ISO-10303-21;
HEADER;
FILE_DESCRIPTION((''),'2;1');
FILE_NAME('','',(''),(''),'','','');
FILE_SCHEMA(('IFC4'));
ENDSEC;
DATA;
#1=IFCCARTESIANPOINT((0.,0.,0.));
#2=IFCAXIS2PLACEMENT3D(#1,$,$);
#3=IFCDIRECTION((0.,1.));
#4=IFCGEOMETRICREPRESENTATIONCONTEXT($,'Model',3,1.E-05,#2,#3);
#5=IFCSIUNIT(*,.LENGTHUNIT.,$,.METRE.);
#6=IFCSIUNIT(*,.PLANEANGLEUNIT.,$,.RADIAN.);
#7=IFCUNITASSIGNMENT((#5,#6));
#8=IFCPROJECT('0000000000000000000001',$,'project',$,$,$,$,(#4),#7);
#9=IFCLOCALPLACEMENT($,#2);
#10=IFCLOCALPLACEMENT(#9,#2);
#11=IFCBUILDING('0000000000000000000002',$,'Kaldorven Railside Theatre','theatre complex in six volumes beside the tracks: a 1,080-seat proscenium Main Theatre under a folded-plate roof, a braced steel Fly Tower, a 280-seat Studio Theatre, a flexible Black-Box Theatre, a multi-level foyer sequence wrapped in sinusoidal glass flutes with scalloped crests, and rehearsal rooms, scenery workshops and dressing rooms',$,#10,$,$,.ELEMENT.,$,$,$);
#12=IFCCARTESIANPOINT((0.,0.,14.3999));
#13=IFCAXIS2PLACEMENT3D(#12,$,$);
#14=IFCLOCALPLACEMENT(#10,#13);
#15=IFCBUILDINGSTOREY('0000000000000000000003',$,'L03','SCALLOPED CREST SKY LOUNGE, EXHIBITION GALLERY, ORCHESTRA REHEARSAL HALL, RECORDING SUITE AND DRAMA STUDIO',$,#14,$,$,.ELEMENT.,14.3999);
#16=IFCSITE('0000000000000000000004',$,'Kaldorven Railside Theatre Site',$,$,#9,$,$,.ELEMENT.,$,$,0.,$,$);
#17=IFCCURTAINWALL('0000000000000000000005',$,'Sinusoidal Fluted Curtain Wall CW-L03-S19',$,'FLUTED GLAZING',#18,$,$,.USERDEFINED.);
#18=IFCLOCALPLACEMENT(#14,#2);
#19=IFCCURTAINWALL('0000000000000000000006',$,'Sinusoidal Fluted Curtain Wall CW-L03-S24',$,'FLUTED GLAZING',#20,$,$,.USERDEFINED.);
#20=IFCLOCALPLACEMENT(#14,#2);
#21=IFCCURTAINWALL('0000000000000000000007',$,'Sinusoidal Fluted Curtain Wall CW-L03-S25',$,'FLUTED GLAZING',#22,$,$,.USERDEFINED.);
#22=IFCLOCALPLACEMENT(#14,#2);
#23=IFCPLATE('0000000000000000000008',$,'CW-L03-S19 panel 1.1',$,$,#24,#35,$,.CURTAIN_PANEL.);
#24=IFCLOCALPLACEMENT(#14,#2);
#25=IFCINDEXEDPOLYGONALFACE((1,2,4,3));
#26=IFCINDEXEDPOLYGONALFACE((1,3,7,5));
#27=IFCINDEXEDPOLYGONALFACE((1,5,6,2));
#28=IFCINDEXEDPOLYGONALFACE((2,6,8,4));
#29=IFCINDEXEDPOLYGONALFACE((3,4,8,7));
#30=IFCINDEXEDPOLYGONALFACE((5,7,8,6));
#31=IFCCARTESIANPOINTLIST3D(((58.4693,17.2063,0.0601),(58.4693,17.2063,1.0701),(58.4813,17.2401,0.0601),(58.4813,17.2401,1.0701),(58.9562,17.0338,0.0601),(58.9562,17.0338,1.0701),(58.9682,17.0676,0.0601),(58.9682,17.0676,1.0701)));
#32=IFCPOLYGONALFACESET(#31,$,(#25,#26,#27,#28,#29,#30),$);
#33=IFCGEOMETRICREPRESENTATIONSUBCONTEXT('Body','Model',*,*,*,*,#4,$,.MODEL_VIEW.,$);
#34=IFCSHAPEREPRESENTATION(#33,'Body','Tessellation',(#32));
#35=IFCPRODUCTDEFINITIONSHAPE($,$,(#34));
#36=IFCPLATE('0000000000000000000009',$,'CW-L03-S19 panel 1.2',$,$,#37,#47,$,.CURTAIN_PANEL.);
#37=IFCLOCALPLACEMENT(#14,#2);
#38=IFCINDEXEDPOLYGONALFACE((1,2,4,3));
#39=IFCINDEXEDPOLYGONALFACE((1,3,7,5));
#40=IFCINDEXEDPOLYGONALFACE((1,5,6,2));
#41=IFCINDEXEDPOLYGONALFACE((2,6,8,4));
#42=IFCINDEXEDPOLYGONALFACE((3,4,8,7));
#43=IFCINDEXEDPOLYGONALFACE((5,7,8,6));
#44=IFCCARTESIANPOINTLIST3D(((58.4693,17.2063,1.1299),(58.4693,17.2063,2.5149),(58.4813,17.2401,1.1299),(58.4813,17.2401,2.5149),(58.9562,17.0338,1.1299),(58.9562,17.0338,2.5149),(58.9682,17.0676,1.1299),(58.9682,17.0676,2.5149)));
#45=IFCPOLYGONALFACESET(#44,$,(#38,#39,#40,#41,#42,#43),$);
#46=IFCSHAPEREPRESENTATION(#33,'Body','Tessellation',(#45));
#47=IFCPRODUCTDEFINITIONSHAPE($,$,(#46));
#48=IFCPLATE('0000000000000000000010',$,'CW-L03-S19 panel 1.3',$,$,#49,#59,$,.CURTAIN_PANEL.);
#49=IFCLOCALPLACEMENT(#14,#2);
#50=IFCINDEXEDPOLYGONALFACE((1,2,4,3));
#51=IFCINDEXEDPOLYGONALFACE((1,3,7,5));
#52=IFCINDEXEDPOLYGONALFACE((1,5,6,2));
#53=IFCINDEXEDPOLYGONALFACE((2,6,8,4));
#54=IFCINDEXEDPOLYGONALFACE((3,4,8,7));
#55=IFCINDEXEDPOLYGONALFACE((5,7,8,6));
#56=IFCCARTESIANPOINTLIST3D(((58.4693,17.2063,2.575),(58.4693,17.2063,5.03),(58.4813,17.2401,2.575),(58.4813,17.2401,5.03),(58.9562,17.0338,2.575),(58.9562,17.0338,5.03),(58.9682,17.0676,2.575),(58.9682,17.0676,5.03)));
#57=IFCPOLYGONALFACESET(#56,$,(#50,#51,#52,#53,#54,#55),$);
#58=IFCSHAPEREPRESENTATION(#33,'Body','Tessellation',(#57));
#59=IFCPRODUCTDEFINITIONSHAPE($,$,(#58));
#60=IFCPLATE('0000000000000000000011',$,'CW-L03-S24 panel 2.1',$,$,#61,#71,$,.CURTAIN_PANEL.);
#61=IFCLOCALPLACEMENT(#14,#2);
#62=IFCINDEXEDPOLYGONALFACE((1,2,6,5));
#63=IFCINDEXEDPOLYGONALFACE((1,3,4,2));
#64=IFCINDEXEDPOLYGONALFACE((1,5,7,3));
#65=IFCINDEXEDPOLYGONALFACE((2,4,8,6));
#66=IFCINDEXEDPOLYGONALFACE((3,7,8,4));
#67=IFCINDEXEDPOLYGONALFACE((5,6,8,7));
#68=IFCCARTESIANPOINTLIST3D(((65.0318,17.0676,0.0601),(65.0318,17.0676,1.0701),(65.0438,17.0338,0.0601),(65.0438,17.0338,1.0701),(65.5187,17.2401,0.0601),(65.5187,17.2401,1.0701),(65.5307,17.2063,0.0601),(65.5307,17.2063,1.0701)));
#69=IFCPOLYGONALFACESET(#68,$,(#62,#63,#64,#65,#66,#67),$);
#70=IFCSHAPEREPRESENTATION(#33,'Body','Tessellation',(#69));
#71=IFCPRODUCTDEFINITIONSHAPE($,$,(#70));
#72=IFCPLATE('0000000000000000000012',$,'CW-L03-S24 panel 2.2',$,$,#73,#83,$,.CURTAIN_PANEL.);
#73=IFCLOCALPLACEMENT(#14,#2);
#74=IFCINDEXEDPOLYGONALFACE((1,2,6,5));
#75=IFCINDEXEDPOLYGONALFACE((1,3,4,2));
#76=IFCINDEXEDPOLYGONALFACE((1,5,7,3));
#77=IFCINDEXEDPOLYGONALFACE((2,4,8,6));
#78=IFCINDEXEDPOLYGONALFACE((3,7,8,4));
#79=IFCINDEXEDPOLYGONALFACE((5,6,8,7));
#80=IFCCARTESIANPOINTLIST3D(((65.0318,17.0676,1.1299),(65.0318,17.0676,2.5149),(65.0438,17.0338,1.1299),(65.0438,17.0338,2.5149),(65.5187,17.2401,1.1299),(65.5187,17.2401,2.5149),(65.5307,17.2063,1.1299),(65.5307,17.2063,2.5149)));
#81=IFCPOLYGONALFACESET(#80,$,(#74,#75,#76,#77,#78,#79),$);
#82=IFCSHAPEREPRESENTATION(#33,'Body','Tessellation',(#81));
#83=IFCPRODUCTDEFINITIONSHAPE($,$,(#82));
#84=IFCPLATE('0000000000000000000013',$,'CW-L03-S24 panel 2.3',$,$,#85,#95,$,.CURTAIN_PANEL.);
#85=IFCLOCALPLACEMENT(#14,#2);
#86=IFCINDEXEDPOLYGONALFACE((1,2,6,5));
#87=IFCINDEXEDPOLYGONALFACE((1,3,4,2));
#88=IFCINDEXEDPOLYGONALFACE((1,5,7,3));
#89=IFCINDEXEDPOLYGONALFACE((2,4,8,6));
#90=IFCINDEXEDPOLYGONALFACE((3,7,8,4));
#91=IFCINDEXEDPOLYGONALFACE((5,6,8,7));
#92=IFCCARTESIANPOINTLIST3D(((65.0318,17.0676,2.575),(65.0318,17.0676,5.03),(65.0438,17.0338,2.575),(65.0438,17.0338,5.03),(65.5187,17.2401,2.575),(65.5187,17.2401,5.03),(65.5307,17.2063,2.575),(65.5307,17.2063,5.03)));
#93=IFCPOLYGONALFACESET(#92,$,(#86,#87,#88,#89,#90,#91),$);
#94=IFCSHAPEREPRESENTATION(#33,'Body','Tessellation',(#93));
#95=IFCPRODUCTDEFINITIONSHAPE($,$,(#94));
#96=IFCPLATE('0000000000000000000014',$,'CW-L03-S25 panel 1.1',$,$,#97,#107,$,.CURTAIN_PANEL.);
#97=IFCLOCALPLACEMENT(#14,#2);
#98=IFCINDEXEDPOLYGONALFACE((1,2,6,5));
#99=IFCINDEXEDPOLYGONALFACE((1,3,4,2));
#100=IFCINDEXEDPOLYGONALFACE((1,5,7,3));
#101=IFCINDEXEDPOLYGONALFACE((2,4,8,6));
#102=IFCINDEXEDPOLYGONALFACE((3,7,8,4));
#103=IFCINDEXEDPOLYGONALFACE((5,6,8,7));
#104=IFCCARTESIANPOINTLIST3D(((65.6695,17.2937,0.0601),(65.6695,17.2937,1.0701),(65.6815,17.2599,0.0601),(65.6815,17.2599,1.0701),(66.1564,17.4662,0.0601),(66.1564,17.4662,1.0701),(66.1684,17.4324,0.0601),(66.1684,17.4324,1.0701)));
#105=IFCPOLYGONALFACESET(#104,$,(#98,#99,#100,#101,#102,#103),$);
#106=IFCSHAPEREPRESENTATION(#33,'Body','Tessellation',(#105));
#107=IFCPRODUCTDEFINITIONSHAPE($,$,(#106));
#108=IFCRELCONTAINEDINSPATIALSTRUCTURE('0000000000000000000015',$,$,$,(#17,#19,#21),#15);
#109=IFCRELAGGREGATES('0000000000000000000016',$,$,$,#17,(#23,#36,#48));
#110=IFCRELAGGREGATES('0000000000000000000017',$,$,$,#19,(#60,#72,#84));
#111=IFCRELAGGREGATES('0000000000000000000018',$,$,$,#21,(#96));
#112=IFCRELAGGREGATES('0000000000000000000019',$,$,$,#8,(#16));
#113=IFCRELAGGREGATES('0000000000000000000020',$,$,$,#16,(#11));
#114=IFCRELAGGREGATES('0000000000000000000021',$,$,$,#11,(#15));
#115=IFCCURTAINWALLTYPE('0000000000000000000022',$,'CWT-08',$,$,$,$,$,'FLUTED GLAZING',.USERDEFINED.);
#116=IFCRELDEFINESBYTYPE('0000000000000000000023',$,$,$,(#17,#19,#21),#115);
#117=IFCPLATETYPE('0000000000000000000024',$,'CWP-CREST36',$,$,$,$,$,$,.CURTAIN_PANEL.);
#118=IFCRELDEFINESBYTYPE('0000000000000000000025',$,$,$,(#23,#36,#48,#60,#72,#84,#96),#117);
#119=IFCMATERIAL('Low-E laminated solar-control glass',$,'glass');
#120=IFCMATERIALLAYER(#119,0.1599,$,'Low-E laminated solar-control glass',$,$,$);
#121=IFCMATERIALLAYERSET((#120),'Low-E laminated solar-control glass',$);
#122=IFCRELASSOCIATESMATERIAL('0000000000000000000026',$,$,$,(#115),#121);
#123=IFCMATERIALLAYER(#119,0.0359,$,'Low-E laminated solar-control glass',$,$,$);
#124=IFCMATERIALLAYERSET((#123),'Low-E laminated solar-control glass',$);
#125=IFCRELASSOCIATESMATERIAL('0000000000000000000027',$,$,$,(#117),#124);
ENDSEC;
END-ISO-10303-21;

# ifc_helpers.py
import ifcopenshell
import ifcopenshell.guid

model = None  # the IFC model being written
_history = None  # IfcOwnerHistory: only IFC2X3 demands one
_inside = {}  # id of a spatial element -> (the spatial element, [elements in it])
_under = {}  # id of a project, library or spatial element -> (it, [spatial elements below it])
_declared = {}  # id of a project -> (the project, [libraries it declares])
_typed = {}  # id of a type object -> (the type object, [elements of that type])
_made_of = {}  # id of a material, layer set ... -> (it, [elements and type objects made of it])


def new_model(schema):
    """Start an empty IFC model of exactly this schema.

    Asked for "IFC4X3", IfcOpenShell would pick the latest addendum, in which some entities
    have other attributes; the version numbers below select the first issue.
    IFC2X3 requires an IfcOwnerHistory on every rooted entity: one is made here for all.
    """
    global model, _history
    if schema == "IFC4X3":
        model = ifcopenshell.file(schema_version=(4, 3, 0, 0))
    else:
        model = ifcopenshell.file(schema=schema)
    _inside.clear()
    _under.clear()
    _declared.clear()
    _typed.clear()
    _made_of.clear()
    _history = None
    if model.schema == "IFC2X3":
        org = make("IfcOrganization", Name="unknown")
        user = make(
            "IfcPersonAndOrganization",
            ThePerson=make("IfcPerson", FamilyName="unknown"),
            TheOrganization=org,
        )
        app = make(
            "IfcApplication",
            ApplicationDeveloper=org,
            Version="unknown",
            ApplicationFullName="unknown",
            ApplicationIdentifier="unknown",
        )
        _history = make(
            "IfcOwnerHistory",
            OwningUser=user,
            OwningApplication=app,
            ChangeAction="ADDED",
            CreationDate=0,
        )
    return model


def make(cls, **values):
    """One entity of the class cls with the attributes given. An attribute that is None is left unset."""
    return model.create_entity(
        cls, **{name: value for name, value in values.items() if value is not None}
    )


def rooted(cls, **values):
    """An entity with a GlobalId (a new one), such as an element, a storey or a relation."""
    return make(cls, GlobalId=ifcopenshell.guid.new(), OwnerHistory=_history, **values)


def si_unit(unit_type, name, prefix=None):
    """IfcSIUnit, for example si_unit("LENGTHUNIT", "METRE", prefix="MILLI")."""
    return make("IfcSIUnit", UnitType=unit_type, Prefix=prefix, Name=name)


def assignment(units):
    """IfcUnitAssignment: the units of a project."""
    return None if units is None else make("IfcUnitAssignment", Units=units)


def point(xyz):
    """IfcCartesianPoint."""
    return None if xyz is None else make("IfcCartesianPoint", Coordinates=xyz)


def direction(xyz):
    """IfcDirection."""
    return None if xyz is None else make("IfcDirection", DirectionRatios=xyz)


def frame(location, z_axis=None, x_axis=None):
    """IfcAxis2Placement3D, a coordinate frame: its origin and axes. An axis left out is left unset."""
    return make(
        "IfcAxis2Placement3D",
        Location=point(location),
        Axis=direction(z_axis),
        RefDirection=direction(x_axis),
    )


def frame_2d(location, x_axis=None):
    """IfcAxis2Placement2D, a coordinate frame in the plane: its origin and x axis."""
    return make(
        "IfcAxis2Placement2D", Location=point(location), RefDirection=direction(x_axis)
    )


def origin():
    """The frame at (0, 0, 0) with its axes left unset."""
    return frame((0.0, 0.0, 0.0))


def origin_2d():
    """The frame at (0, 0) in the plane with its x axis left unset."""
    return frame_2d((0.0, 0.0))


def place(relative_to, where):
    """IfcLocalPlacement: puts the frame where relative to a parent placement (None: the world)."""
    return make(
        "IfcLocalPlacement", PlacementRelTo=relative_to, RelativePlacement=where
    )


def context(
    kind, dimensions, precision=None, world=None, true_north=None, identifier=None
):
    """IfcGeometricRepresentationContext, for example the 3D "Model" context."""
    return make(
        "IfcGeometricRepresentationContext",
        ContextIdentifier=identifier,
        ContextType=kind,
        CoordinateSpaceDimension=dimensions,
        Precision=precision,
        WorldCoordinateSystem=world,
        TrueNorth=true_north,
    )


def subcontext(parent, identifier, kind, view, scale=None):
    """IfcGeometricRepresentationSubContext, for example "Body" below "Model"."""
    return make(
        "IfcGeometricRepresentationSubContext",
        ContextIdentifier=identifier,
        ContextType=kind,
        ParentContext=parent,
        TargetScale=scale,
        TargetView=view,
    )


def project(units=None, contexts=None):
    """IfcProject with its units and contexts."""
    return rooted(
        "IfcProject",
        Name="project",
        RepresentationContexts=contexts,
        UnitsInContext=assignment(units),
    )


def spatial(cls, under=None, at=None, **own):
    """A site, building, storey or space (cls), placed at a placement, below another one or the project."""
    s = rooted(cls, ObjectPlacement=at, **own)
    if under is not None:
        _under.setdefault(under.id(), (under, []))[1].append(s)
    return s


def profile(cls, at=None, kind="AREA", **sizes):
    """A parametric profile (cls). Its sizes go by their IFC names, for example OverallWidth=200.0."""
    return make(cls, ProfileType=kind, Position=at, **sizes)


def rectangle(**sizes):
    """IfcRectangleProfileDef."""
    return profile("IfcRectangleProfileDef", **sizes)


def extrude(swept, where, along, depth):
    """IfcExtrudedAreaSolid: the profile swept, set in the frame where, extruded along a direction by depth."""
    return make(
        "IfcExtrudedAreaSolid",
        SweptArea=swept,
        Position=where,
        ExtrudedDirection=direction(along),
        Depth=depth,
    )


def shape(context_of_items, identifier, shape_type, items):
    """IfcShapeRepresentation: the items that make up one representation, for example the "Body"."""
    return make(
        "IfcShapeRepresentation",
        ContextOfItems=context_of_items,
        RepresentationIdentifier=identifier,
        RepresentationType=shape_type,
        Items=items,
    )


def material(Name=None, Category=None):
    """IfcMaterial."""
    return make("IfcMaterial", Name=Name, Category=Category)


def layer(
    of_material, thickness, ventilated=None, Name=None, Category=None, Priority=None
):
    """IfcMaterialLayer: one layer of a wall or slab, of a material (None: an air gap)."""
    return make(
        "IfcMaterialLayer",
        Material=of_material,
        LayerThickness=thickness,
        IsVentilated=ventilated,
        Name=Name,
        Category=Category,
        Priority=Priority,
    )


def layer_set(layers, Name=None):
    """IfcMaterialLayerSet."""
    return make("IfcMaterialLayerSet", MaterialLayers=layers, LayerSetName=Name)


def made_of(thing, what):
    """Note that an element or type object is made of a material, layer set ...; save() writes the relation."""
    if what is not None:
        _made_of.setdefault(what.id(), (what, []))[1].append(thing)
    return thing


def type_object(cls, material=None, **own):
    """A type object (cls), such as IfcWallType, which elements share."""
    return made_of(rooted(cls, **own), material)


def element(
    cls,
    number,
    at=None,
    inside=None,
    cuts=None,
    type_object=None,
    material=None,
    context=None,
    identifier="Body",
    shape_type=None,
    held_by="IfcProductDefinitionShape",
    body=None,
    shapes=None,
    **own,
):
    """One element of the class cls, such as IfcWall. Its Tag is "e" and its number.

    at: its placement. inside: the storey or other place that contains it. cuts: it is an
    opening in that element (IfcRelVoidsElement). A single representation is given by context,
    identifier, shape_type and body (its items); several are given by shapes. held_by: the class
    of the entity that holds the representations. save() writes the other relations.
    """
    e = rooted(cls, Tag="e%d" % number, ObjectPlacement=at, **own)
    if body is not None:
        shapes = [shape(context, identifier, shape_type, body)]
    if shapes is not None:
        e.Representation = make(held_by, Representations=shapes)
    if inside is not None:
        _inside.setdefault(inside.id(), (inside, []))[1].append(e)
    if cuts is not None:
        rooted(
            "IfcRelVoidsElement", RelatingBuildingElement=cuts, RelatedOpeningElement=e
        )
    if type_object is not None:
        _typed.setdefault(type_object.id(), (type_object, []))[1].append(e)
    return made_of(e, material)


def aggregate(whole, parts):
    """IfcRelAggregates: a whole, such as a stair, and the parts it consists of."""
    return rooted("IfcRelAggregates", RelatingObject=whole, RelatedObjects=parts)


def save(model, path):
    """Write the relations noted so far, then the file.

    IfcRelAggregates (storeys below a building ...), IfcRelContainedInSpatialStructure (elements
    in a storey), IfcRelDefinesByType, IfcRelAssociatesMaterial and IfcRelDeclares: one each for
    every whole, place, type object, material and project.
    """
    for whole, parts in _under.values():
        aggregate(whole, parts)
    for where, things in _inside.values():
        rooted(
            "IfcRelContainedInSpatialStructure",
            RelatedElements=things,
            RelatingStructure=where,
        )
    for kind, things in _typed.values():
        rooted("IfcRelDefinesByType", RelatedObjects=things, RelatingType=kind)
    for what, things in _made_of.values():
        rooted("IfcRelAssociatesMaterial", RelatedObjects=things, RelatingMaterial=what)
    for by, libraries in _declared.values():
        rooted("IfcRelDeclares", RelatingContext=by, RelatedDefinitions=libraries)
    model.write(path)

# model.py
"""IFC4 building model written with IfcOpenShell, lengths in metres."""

from ifc_helpers import new_model, si_unit, direction, frame, origin, origin_2d, place, context, subcontext, project, spatial, rectangle, extrude, material, layer, layer_set, type_object, element, aggregate, save


model = new_model("IFC4")

# Units and contexts
model_context = context("Model", 3, precision=1e-05, world=origin(), true_north=direction((0.0, 1.0)))
body_context = subcontext(model_context, "Body", "Model", "MODEL_VIEW")
ifc_project = project(units=[si_unit("LENGTHUNIT", "METRE"), si_unit("PLANEANGLEUNIT", "RADIAN")], contexts=[model_context])

# Site, building, storey
site_placement = place(None, origin())
site = spatial("IfcSite", under=ifc_project, at=site_placement, Name="Kaldorven Railside Theatre Site", CompositionType="ELEMENT", RefElevation=0.0)
building_placement = place(site_placement, origin())
building = spatial("IfcBuilding", under=site, at=building_placement, Name="Kaldorven Railside Theatre", Description="theatre complex in six volumes beside the tracks: a 1,080-seat proscenium Main Theatre under a folded-plate roof, a braced steel Fly Tower, a 280-seat Studio Theatre, a flexible Black-Box Theatre, a multi-level foyer sequence wrapped in sinusoidal glass flutes with scalloped crests, and rehearsal rooms, scenery workshops and dressing rooms", CompositionType="ELEMENT")
storey_placement = place(building_placement, frame((0.0, 0.0, 14.3999)))
storey = spatial("IfcBuildingStorey", under=building, at=storey_placement, Name="L03", Description="SCALLOPED CREST SKY LOUNGE, EXHIBITION GALLERY, ORCHESTRA REHEARSAL HALL, RECORDING SUITE AND DRAMA STUDIO", CompositionType="ELEMENT", Elevation=14.3999)

# Curtain walls
ifc_material_1 = material(Name="Low-E laminated solar-control glass", Category="glass")
ifc_layer_1 = layer(ifc_material_1, 0.1599, Name="Low-E laminated solar-control glass")
ifc_layer_set_1 = layer_set([ifc_layer_1], Name="Low-E laminated solar-control glass")
curtain_wall_type = type_object("IfcCurtainWallType", Name="CWT-08", ElementType="FLUTED GLAZING", PredefinedType="USERDEFINED", material=ifc_layer_set_1)
curtain_wall_1_placement = place(storey_placement, origin())
curtain_wall_1 = element("IfcCurtainWall", 1, at=curtain_wall_1_placement, inside=storey, type_object=curtain_wall_type, Name="Sinusoidal Fluted Curtain Wall CW-L03-S19", ObjectType="FLUTED GLAZING", PredefinedType="USERDEFINED")
curtain_wall_2_placement = place(storey_placement, origin())
curtain_wall_2 = element("IfcCurtainWall", 2, at=curtain_wall_2_placement, inside=storey, type_object=curtain_wall_type, Name="Sinusoidal Fluted Curtain Wall CW-L03-S24", ObjectType="FLUTED GLAZING", PredefinedType="USERDEFINED")

# Curtain wall
curtain_wall_3_placement = place(storey_placement, origin())
curtain_wall_3 = element("IfcCurtainWall", 3, at=curtain_wall_3_placement, inside=storey, type_object=curtain_wall_type, Name="Sinusoidal Fluted Curtain Wall CW-L03-S25", ObjectType="FLUTED GLAZING", PredefinedType="USERDEFINED")

# Plates
ifc_layer_2 = layer(ifc_material_1, 0.0359, Name="Low-E laminated solar-control glass")
ifc_layer_set_2 = layer_set([ifc_layer_2], Name="Low-E laminated solar-control glass")
plate_type = type_object("IfcPlateType", Name="CWP-CREST36", PredefinedType="CURTAIN_PANEL", material=ifc_layer_set_2)
plate_1_placement = place(storey_placement, frame((58.7188, 17.137, 0.0601), z_axis=(0.0, 0.0, 1.0), x_axis=(0.942627, -0.333847, 0.0)))
plate_1 = element("IfcPlate", 4, at=plate_1_placement, type_object=plate_type, Name="CW-L03-S19 panel 1.1", PredefinedType="CURTAIN_PANEL", context=body_context, shape_type="SweptSolid", body=[
    extrude(rectangle(XDim=0.5166, YDim=0.0359, at=origin_2d()), origin(), (0.0, 0.0, 1.0), 1.01),
])
plate_2_placement = place(storey_placement, frame((58.7188, 17.137, 1.1299), z_axis=(0.0, 0.0, 1.0), x_axis=(0.942627, -0.333847, 0.0)))
plate_2 = element("IfcPlate", 5, at=plate_2_placement, type_object=plate_type, Name="CW-L03-S19 panel 1.2", PredefinedType="CURTAIN_PANEL", context=body_context, shape_type="SweptSolid", body=[
    extrude(rectangle(XDim=0.5166, YDim=0.0359, at=origin_2d()), origin(), (0.0, 0.0, 1.0), 1.385),
])
plate_3_placement = place(storey_placement, frame((58.7188, 17.137, 2.575), z_axis=(0.0, 0.0, 1.0), x_axis=(0.942627, -0.333847, 0.0)))
plate_3 = element("IfcPlate", 6, at=plate_3_placement, type_object=plate_type, Name="CW-L03-S19 panel 1.3", PredefinedType="CURTAIN_PANEL", context=body_context, shape_type="SweptSolid", body=[
    extrude(rectangle(XDim=0.5166, YDim=0.0359, at=origin_2d()), origin(), (0.0, 0.0, 1.0), 2.4551),
])
aggregate(curtain_wall_1, [plate_1, plate_2, plate_3])
plate_4_placement = place(storey_placement, frame((65.2812, 17.137, 0.0601), z_axis=(0.0, 0.0, 1.0), x_axis=(0.942627, 0.333847, 0.0)))
plate_4 = element("IfcPlate", 7, at=plate_4_placement, type_object=plate_type, Name="CW-L03-S24 panel 2.1", PredefinedType="CURTAIN_PANEL", context=body_context, shape_type="SweptSolid", body=[
    extrude(rectangle(XDim=0.5166, YDim=0.0359, at=origin_2d()), origin(), (0.0, 0.0, 1.0), 1.01),
])
plate_5_placement = place(storey_placement, frame((65.2812, 17.137, 1.1299), z_axis=(0.0, 0.0, 1.0), x_axis=(0.942627, 0.333847, 0.0)))
plate_5 = element("IfcPlate", 8, at=plate_5_placement, type_object=plate_type, Name="CW-L03-S24 panel 2.2", PredefinedType="CURTAIN_PANEL", context=body_context, shape_type="SweptSolid", body=[
    extrude(rectangle(XDim=0.5166, YDim=0.0359, at=origin_2d()), origin(), (0.0, 0.0, 1.0), 1.385),
])
plate_6_placement = place(storey_placement, frame((65.2812, 17.137, 2.575), z_axis=(0.0, 0.0, 1.0), x_axis=(0.942627, 0.333847, 0.0)))
plate_6 = element("IfcPlate", 9, at=plate_6_placement, type_object=plate_type, Name="CW-L03-S24 panel 2.3", PredefinedType="CURTAIN_PANEL", context=body_context, shape_type="SweptSolid", body=[
    extrude(rectangle(XDim=0.5166, YDim=0.0359, at=origin_2d()), origin(), (0.0, 0.0, 1.0), 2.4551),
])
aggregate(curtain_wall_2, [plate_4, plate_5, plate_6])
plate_7_placement = place(storey_placement, frame((65.9189, 17.363, 0.0601), z_axis=(0.0, 0.0, 1.0), x_axis=(0.942627, 0.333847, 0.0)))
plate_7 = element("IfcPlate", 10, at=plate_7_placement, type_object=plate_type, Name="CW-L03-S25 panel 1.1", PredefinedType="CURTAIN_PANEL", context=body_context, shape_type="SweptSolid", body=[
    extrude(rectangle(XDim=0.5166, YDim=0.0359, at=origin_2d()), origin(), (0.0, 0.0, 1.0), 1.01),
])
aggregate(curtain_wall_3, [plate_7])

save(model, "model.ifc")
